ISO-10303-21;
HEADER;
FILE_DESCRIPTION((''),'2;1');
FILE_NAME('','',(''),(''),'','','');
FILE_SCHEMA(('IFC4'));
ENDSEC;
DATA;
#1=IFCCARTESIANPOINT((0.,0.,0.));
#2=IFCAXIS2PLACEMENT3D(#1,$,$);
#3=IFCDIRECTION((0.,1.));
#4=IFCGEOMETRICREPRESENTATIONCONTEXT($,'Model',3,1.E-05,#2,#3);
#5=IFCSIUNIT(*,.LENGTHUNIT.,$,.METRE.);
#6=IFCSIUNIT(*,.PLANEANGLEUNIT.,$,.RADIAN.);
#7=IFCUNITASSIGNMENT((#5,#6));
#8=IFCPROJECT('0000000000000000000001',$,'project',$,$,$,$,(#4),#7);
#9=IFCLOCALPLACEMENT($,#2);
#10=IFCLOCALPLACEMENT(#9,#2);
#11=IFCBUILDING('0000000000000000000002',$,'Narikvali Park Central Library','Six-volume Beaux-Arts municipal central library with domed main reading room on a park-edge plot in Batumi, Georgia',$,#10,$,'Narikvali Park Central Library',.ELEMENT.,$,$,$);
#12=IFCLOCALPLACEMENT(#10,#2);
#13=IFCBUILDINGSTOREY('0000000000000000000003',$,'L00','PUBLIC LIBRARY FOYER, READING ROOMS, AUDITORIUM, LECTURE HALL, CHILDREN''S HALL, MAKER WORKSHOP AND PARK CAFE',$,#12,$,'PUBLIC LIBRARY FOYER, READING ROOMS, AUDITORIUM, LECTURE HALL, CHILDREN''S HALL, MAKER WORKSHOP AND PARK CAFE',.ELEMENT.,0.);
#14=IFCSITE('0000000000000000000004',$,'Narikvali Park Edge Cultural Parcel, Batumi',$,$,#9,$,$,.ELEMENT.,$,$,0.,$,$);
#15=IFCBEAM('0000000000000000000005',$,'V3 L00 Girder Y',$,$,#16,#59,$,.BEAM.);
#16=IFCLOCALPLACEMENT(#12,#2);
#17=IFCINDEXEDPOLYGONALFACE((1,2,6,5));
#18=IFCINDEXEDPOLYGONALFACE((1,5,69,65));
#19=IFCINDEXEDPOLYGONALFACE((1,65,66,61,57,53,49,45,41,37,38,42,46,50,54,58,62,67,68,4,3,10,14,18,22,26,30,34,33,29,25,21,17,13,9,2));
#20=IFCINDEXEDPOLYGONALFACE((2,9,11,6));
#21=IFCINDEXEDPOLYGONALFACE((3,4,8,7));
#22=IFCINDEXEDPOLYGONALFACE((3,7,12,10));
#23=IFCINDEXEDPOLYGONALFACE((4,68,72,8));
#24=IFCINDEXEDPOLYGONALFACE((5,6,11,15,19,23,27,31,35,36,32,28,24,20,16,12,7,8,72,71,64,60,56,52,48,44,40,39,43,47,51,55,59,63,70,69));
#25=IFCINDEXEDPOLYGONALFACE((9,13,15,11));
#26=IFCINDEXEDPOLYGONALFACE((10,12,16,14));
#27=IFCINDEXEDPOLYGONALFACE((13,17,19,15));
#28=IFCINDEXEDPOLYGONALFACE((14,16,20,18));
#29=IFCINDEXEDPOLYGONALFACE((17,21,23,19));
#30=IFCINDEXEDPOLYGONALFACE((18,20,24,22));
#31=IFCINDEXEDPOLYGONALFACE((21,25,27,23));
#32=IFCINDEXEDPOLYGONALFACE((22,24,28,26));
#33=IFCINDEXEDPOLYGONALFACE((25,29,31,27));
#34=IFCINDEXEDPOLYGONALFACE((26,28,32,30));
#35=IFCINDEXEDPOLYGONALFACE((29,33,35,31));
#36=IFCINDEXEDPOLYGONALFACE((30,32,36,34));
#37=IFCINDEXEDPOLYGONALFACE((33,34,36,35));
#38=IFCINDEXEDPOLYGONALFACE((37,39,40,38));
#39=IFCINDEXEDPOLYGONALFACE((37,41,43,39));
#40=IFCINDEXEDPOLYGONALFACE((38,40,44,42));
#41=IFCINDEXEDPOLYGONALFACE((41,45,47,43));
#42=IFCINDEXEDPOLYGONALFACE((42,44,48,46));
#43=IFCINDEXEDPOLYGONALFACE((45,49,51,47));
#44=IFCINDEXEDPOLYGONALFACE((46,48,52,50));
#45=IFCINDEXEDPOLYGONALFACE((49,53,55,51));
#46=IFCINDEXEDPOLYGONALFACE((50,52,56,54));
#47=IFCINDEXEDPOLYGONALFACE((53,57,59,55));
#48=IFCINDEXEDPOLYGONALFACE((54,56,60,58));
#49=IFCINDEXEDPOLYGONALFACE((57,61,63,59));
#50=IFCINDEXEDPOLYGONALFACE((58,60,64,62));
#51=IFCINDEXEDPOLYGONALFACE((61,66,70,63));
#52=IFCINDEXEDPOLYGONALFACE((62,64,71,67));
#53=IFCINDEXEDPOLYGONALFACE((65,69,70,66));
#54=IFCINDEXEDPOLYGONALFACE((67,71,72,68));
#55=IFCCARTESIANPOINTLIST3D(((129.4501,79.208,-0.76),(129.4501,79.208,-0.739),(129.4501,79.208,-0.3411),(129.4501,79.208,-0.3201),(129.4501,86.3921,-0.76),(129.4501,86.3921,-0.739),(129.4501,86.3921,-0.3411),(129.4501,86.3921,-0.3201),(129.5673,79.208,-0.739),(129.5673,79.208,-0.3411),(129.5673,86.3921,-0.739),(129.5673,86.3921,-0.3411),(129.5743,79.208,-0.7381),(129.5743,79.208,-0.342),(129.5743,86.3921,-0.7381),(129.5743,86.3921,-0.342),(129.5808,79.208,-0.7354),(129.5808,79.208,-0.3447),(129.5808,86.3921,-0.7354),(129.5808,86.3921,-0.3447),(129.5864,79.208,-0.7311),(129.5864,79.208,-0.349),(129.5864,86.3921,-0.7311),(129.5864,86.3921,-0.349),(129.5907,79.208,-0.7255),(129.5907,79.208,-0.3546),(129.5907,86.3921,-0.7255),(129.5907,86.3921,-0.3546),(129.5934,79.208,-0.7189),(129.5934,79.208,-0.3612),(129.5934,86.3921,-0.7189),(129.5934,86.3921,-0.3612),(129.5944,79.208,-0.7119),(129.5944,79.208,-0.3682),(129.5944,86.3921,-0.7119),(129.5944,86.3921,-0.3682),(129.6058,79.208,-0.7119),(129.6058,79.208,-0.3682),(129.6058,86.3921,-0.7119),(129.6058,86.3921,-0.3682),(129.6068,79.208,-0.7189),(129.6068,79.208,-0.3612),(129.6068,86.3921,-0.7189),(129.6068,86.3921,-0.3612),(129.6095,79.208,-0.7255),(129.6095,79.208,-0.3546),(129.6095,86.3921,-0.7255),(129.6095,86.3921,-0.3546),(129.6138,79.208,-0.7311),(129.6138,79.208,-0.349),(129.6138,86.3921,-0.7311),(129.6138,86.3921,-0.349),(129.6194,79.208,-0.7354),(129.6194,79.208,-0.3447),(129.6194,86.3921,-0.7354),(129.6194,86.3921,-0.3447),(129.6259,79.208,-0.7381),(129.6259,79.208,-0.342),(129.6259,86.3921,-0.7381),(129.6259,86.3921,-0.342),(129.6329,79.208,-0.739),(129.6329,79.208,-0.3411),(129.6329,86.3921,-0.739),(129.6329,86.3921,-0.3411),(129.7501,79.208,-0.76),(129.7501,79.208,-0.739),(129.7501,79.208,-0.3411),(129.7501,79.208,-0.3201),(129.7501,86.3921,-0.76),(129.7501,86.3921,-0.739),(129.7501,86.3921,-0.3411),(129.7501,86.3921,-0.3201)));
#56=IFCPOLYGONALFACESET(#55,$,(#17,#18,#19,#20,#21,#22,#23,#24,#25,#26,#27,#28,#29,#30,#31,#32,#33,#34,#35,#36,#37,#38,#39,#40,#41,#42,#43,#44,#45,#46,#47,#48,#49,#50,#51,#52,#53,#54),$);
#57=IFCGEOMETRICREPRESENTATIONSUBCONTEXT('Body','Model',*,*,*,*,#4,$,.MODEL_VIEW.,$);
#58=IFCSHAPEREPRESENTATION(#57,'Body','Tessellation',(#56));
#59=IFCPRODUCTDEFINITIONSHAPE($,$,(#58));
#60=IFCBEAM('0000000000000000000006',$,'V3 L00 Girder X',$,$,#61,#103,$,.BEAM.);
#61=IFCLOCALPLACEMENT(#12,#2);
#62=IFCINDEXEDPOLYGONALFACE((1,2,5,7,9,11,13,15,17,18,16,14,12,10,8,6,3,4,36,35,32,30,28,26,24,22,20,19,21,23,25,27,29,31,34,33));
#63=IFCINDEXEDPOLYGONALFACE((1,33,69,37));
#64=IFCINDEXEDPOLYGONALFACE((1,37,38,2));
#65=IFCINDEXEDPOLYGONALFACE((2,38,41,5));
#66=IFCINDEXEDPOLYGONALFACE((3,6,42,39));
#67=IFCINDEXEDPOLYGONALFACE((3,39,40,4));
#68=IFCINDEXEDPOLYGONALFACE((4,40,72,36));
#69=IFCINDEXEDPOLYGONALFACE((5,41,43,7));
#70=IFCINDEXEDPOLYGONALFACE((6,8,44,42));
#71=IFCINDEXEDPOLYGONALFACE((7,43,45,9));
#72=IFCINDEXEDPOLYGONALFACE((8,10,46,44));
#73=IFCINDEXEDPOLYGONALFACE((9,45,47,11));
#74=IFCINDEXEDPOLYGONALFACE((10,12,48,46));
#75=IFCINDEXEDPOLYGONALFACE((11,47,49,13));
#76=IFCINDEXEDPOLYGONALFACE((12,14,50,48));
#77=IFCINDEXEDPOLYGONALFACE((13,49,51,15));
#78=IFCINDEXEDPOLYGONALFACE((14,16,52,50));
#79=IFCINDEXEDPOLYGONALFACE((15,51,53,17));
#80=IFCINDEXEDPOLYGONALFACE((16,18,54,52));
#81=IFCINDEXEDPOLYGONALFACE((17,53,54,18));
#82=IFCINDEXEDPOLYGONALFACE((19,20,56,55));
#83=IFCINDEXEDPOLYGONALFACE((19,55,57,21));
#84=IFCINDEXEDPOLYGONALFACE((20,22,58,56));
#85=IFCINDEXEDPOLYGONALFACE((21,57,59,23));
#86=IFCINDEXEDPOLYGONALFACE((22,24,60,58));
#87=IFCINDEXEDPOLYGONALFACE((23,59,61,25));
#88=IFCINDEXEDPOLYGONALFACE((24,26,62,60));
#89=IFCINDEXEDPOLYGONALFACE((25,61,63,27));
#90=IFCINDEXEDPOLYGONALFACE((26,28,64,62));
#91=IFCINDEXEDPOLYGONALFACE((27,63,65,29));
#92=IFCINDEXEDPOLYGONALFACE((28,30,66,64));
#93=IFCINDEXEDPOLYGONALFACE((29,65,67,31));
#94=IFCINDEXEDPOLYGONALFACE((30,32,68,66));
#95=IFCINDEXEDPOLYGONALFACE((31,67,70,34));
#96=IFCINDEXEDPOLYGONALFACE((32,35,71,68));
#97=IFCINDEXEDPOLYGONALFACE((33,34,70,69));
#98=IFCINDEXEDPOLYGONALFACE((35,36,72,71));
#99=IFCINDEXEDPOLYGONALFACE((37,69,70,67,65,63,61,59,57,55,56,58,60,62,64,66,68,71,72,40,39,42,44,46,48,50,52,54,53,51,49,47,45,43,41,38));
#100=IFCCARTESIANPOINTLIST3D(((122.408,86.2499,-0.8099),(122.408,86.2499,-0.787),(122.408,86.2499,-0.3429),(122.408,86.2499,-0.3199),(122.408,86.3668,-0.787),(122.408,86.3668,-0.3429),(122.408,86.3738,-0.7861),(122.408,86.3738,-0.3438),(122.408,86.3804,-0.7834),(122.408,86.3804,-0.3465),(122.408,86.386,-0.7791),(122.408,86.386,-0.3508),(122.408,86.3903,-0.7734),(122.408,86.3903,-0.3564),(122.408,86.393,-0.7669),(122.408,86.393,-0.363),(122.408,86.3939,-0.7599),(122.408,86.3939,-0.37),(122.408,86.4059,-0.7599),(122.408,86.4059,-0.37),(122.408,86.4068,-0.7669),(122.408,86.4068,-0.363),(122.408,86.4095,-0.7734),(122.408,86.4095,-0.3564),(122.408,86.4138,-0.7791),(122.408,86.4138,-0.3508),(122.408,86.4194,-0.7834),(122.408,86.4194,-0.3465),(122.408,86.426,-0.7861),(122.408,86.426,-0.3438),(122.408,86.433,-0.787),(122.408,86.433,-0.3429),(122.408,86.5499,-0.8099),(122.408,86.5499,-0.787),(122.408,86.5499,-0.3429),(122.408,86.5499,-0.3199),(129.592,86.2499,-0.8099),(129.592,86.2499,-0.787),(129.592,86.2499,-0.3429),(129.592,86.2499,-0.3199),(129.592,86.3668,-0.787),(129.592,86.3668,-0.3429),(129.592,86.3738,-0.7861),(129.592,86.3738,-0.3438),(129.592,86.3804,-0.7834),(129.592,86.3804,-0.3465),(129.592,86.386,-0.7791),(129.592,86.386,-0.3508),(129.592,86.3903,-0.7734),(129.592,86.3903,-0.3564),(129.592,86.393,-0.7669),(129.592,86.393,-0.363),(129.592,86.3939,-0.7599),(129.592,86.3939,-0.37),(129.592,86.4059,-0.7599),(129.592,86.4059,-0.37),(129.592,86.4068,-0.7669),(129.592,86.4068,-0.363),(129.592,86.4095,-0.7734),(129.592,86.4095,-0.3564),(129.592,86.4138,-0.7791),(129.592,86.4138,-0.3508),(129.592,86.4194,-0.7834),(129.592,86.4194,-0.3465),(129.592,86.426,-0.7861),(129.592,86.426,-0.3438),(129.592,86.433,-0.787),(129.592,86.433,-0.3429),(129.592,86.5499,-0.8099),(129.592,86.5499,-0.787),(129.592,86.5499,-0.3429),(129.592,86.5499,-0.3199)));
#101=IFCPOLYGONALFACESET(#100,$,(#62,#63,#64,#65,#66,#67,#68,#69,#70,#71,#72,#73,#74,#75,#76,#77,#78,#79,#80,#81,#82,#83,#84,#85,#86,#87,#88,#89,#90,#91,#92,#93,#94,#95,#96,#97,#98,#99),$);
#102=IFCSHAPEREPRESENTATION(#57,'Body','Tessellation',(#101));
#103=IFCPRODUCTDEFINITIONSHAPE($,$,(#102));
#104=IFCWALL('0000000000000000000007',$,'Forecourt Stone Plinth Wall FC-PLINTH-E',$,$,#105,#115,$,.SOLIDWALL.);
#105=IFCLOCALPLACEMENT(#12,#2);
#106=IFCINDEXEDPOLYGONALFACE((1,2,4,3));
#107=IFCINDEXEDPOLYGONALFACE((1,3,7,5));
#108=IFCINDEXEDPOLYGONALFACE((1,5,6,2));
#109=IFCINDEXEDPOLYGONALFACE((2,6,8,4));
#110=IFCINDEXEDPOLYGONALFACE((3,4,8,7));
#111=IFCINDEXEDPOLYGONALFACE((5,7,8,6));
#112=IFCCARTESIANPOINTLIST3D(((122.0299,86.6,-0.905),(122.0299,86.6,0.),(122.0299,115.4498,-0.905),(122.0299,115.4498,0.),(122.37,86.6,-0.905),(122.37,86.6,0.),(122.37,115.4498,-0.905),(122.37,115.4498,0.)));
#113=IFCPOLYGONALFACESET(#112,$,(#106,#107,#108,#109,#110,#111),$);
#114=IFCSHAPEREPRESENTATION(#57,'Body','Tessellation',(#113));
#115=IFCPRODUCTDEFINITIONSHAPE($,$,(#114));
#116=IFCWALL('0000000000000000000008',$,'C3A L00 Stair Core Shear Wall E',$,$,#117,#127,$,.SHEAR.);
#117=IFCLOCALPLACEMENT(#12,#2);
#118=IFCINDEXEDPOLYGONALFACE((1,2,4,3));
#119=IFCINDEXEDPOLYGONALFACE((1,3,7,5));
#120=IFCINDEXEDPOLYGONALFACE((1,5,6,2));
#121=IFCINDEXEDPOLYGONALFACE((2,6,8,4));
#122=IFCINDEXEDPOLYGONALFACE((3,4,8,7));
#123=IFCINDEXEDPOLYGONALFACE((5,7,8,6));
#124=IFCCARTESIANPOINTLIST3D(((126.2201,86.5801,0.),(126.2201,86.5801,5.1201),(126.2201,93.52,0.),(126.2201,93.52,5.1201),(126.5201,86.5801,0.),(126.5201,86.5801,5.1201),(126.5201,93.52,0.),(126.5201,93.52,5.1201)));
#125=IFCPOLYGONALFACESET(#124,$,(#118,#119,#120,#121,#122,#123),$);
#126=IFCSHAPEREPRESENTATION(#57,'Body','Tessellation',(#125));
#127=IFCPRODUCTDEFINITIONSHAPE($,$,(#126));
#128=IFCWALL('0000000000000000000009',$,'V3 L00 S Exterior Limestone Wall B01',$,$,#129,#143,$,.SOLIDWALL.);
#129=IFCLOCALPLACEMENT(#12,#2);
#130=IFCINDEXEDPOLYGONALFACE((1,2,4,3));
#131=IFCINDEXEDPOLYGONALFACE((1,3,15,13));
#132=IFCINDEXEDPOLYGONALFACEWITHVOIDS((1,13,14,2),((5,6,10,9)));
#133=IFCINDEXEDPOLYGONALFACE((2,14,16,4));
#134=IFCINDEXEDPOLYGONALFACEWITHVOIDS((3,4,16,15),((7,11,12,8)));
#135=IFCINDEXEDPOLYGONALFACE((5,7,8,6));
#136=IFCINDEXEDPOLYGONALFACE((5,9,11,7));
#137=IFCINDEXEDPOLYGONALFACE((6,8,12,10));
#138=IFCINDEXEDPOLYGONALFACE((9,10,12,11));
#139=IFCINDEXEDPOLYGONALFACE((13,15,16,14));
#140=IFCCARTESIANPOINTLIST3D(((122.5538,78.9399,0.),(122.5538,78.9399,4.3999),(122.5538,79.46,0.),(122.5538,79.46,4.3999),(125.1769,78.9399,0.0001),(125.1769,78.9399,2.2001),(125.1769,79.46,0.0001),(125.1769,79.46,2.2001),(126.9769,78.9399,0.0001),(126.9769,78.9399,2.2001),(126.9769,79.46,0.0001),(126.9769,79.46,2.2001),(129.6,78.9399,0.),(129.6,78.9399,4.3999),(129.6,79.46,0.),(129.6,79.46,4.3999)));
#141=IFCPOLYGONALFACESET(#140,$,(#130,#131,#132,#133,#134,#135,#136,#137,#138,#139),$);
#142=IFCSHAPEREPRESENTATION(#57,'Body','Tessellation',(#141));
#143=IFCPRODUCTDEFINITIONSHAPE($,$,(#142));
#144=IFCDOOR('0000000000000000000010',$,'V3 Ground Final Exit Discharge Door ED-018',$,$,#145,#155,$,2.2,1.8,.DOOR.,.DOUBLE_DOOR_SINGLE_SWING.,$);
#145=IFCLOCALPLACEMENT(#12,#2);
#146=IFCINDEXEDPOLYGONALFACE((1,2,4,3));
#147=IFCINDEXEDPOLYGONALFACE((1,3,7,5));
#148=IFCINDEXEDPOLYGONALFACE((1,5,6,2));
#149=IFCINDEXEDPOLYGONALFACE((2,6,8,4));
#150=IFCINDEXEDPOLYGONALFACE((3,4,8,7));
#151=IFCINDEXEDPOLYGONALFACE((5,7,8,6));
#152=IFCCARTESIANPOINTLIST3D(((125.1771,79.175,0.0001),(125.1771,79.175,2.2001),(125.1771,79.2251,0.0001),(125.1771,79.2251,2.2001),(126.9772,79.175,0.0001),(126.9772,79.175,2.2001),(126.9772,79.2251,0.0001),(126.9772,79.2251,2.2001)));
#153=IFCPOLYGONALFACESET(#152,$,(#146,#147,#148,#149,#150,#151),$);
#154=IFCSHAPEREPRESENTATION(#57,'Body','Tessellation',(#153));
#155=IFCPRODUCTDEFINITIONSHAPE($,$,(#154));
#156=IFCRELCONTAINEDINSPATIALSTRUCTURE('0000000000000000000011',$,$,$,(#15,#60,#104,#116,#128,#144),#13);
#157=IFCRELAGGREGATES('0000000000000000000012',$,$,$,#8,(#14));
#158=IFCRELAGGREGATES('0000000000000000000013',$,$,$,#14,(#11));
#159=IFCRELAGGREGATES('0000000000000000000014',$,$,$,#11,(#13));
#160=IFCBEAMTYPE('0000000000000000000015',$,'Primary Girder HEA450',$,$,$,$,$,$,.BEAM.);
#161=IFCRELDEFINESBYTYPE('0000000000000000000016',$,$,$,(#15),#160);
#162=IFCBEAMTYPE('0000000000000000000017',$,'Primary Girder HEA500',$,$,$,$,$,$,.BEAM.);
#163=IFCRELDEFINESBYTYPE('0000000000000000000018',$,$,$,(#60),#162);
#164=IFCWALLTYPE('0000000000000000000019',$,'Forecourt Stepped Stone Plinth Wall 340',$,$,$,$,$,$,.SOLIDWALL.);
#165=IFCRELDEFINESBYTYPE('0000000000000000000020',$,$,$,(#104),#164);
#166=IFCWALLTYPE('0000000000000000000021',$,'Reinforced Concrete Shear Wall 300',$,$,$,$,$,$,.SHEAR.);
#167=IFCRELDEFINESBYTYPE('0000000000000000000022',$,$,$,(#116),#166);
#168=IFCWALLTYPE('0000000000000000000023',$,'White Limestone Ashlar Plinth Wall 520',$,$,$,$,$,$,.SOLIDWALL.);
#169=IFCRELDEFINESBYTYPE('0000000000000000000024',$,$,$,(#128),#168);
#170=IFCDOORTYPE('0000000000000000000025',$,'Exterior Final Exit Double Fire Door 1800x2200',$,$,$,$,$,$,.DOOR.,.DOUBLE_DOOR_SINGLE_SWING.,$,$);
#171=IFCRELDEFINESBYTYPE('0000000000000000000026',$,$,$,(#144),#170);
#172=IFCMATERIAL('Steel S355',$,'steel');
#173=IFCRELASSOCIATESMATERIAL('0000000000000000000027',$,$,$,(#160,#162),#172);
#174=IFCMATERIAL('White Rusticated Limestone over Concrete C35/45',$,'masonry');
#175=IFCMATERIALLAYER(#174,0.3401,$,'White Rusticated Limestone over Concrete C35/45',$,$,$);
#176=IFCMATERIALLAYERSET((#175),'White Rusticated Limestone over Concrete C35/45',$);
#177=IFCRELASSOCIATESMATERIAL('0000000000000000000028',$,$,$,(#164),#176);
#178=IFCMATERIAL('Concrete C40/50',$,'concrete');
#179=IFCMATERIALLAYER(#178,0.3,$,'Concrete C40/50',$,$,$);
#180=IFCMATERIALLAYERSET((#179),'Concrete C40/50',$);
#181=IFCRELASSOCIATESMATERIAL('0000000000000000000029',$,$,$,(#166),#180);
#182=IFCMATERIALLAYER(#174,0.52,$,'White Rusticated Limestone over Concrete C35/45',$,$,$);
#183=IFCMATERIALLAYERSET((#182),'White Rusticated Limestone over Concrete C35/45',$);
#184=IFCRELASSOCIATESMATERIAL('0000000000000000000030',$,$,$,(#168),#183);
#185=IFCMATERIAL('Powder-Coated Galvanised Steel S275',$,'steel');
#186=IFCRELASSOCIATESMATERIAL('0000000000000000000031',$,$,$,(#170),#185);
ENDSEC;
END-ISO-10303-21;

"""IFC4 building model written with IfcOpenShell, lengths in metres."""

from ifc_helpers import new_model, si_unit, direction, frame, frame_2d, origin, origin_2d, place, context, subcontext, project, spatial, rectangle, i_section, extrude, material, layer, layer_set, material_profile, profile_set, type_object, element, fill, save


model = new_model("IFC4")

# Units and contexts
model_context = context("Model", 3, precision=1e-05, world=origin(), true_north=direction((0.0, 1.0)))
body_context = subcontext(model_context, "Body", "Model", "MODEL_VIEW")
ifc_project = project(units=[si_unit("LENGTHUNIT", "METRE"), si_unit("PLANEANGLEUNIT", "RADIAN")], contexts=[model_context])

# Site, building, storey
site_placement = place(None, origin())
site = spatial("IfcSite", under=ifc_project, at=site_placement, Name="Narikvali Park Edge Cultural Parcel, Batumi", CompositionType="ELEMENT", RefElevation=0.0)
building_placement = place(site_placement, origin())
building = spatial("IfcBuilding", under=site, at=building_placement, Name="Narikvali Park Central Library", Description="Six-volume Beaux-Arts municipal central library with domed main reading room on a park-edge plot in Batumi, Georgia", LongName="Narikvali Park Central Library", CompositionType="ELEMENT")
storey_placement = place(building_placement, origin())
storey = spatial("IfcBuildingStorey", under=building, at=storey_placement, Name="L00", Description="PUBLIC LIBRARY FOYER, READING ROOMS, AUDITORIUM, LECTURE HALL, CHILDREN'S HALL, MAKER WORKSHOP AND PARK CAFE", LongName="PUBLIC LIBRARY FOYER, READING ROOMS, AUDITORIUM, LECTURE HALL, CHILDREN'S HALL, MAKER WORKSHOP AND PARK CAFE", CompositionType="ELEMENT", Elevation=0.0)

# Shared definitions
ifc_material_1 = material(Name="Steel S355", Category="steel")

# Beams
ifc_material_profile_1 = material_profile(ifc_material_1, i_section(OverallWidth=0.3, OverallDepth=0.4399, WebThickness=0.0115, FlangeThickness=0.021, FilletRadius=0.0271, at=origin_2d()), Name="HEA 450")
ifc_profile_set_1 = profile_set([ifc_material_profile_1], Name="Steel S355")
beam_type_1 = type_object("IfcBeamType", Name="Primary Girder HEA450", PredefinedType="BEAM", material=ifc_profile_set_1)
beam_1_placement = place(storey_placement, frame((129.6001, 79.208, -0.54), z_axis=(0.0, 1.0, 0.0), x_axis=(-1.0, 0.0, 0.0)))
element("IfcBeam", 1, at=beam_1_placement, inside=storey, type_object=beam_type_1, Name="V3 L00 Girder Y", PredefinedType="BEAM", context=body_context, shape_type="SweptSolid", body=[
    extrude(i_section(OverallWidth=0.3, OverallDepth=0.4399, WebThickness=0.0115, FlangeThickness=0.021, FilletRadius=0.0271, at=origin_2d()), origin(), (0.0, 0.0, 1.0), 7.1841),
])
ifc_material_profile_2 = material_profile(ifc_material_1, i_section(OverallWidth=0.3, OverallDepth=0.49, WebThickness=0.012, FlangeThickness=0.0229, FilletRadius=0.0271, at=origin_2d()), Name="HEA 500")
ifc_profile_set_2 = profile_set([ifc_material_profile_2], Name="Steel S355")
beam_type_2 = type_object("IfcBeamType", Name="Primary Girder HEA500", PredefinedType="BEAM", material=ifc_profile_set_2)
beam_2_placement = place(storey_placement, frame((122.408, 86.3999, -0.5649), z_axis=(1.0, 0.0, 0.0), x_axis=(0.0, 1.0, 0.0)))
element("IfcBeam", 2, at=beam_2_placement, inside=storey, type_object=beam_type_2, Name="V3 L00 Girder X", PredefinedType="BEAM", context=body_context, shape_type="SweptSolid", body=[
    extrude(i_section(OverallWidth=0.3, OverallDepth=0.49, WebThickness=0.012, FlangeThickness=0.0229, FilletRadius=0.0271, at=origin_2d()), origin(), (0.0, 0.0, 1.0), 7.1841),
])

# Wall
ifc_material_2 = material(Name="White Rusticated Limestone over Concrete C35/45", Category="masonry")
ifc_layer_1 = layer(ifc_material_2, 0.3401, Name="White Rusticated Limestone over Concrete C35/45")
ifc_layer_set_1 = layer_set([ifc_layer_1], Name="White Rusticated Limestone over Concrete C35/45")
wall_type_1 = type_object("IfcWallType", Name="Forecourt Stepped Stone Plinth Wall 340", PredefinedType="SOLIDWALL", material=ifc_layer_set_1)
wall_1_placement = place(storey_placement, frame((122.2, 86.6001, -0.905), z_axis=(0.0, 0.0, 1.0), x_axis=(0.0, 1.0, 0.0)))
element("IfcWall", 3, at=wall_1_placement, inside=storey, type_object=wall_type_1, Name="Forecourt Stone Plinth Wall FC-PLINTH-E", PredefinedType="SOLIDWALL", context=body_context, shape_type="SweptSolid", body=[
    extrude(rectangle(XDim=28.8499, YDim=0.3401, at=frame_2d((14.4248, 0.0))), origin(), (0.0, 0.0, 1.0), 0.905),
])

# Shared definitions
ifc_material_3 = material(Name="Concrete C40/50", Category="concrete")
ifc_layer_2 = layer(ifc_material_3, 0.3, Name="Concrete C40/50")
ifc_layer_set_2 = layer_set([ifc_layer_2], Name="Concrete C40/50")
wall_type_2 = type_object("IfcWallType", Name="Reinforced Concrete Shear Wall 300", PredefinedType="SHEAR", material=ifc_layer_set_2)

# Wall
wall_2_placement = place(storey_placement, frame((126.3701, 86.5801, 0.0), z_axis=(0.0, 0.0, 1.0), x_axis=(0.0, 1.0, 0.0)))
element("IfcWall", 4, at=wall_2_placement, inside=storey, type_object=wall_type_2, Name="C3A L00 Stair Core Shear Wall E", PredefinedType="SHEAR", context=body_context, shape_type="SweptSolid", body=[
    extrude(rectangle(XDim=6.9399, YDim=0.3, at=frame_2d((3.47, 0.0))), origin(), (0.0, 0.0, 1.0), 5.1201),
])

# Wall, opening, door
ifc_layer_3 = layer(ifc_material_2, 0.52, Name="White Rusticated Limestone over Concrete C35/45")
ifc_layer_set_3 = layer_set([ifc_layer_3], Name="White Rusticated Limestone over Concrete C35/45")
wall_type_3 = type_object("IfcWallType", Name="White Limestone Ashlar Plinth Wall 520", PredefinedType="SOLIDWALL", material=ifc_layer_set_3)
wall_3_placement = place(storey_placement, frame((122.554, 79.2, 0.0), z_axis=(0.0, 0.0, 1.0), x_axis=(1.0, 0.0, 0.0)))
wall_3 = element("IfcWall", 5, at=wall_3_placement, inside=storey, type_object=wall_type_3, Name="V3 L00 S Exterior Limestone Wall B01", PredefinedType="SOLIDWALL", context=body_context, shape_type="SweptSolid", body=[
    extrude(rectangle(XDim=7.0461, YDim=0.52, at=frame_2d((3.5229, 0.0))), origin(), (0.0, 0.0, 1.0), 4.3999),
])
opening_1_placement = place(wall_3_placement, frame((2.623, 0.0, 0.0)))
opening_1 = element("IfcOpeningElement", 6, at=opening_1_placement, cuts=wall_3, PredefinedType="OPENING", context=body_context, shape_type="SweptSolid", body=[
    extrude(rectangle(XDim=1.8, YDim=2.2, at=frame_2d((0.8999, 1.1001))), frame((0.0, 0.272, 0.0), z_axis=(0.0, -1.0, 0.0), x_axis=(1.0, 0.0, 0.0)), (0.0, 0.0, 1.0), 0.5439),
])
ifc_material_4 = material(Name="Powder-Coated Galvanised Steel S275", Category="steel")
door_type_1 = type_object("IfcDoorType", Name="Exterior Final Exit Double Fire Door 1800x2200", OperationType="DOUBLE_DOOR_SINGLE_SWING", PredefinedType="DOOR", material=ifc_material_4)
door_1_placement = place(opening_1_placement, frame((1.8, 0.0, 0.0), z_axis=(0.0, 0.0, 1.0), x_axis=(-1.0, 0.0, 0.0)))
door_1 = element("IfcDoor", 7, at=door_1_placement, inside=storey, type_object=door_type_1, Name="V3 Ground Final Exit Discharge Door ED-018", OperationType="DOUBLE_DOOR_SINGLE_SWING", OverallHeight=2.2, OverallWidth=1.8, PredefinedType="DOOR", context=body_context, shape_type="SweptSolid", body=[
    extrude(rectangle(XDim=1.8, YDim=2.2, at=frame_2d((0.8999, 1.1001))), frame((0.0, 0.0249, 0.0), z_axis=(0.0, -1.0, 0.0), x_axis=(1.0, 0.0, 0.0)), (0.0, 0.0, 1.0), 0.05),
])
fill(opening_1, door_1)

save(model, "model.ifc")
